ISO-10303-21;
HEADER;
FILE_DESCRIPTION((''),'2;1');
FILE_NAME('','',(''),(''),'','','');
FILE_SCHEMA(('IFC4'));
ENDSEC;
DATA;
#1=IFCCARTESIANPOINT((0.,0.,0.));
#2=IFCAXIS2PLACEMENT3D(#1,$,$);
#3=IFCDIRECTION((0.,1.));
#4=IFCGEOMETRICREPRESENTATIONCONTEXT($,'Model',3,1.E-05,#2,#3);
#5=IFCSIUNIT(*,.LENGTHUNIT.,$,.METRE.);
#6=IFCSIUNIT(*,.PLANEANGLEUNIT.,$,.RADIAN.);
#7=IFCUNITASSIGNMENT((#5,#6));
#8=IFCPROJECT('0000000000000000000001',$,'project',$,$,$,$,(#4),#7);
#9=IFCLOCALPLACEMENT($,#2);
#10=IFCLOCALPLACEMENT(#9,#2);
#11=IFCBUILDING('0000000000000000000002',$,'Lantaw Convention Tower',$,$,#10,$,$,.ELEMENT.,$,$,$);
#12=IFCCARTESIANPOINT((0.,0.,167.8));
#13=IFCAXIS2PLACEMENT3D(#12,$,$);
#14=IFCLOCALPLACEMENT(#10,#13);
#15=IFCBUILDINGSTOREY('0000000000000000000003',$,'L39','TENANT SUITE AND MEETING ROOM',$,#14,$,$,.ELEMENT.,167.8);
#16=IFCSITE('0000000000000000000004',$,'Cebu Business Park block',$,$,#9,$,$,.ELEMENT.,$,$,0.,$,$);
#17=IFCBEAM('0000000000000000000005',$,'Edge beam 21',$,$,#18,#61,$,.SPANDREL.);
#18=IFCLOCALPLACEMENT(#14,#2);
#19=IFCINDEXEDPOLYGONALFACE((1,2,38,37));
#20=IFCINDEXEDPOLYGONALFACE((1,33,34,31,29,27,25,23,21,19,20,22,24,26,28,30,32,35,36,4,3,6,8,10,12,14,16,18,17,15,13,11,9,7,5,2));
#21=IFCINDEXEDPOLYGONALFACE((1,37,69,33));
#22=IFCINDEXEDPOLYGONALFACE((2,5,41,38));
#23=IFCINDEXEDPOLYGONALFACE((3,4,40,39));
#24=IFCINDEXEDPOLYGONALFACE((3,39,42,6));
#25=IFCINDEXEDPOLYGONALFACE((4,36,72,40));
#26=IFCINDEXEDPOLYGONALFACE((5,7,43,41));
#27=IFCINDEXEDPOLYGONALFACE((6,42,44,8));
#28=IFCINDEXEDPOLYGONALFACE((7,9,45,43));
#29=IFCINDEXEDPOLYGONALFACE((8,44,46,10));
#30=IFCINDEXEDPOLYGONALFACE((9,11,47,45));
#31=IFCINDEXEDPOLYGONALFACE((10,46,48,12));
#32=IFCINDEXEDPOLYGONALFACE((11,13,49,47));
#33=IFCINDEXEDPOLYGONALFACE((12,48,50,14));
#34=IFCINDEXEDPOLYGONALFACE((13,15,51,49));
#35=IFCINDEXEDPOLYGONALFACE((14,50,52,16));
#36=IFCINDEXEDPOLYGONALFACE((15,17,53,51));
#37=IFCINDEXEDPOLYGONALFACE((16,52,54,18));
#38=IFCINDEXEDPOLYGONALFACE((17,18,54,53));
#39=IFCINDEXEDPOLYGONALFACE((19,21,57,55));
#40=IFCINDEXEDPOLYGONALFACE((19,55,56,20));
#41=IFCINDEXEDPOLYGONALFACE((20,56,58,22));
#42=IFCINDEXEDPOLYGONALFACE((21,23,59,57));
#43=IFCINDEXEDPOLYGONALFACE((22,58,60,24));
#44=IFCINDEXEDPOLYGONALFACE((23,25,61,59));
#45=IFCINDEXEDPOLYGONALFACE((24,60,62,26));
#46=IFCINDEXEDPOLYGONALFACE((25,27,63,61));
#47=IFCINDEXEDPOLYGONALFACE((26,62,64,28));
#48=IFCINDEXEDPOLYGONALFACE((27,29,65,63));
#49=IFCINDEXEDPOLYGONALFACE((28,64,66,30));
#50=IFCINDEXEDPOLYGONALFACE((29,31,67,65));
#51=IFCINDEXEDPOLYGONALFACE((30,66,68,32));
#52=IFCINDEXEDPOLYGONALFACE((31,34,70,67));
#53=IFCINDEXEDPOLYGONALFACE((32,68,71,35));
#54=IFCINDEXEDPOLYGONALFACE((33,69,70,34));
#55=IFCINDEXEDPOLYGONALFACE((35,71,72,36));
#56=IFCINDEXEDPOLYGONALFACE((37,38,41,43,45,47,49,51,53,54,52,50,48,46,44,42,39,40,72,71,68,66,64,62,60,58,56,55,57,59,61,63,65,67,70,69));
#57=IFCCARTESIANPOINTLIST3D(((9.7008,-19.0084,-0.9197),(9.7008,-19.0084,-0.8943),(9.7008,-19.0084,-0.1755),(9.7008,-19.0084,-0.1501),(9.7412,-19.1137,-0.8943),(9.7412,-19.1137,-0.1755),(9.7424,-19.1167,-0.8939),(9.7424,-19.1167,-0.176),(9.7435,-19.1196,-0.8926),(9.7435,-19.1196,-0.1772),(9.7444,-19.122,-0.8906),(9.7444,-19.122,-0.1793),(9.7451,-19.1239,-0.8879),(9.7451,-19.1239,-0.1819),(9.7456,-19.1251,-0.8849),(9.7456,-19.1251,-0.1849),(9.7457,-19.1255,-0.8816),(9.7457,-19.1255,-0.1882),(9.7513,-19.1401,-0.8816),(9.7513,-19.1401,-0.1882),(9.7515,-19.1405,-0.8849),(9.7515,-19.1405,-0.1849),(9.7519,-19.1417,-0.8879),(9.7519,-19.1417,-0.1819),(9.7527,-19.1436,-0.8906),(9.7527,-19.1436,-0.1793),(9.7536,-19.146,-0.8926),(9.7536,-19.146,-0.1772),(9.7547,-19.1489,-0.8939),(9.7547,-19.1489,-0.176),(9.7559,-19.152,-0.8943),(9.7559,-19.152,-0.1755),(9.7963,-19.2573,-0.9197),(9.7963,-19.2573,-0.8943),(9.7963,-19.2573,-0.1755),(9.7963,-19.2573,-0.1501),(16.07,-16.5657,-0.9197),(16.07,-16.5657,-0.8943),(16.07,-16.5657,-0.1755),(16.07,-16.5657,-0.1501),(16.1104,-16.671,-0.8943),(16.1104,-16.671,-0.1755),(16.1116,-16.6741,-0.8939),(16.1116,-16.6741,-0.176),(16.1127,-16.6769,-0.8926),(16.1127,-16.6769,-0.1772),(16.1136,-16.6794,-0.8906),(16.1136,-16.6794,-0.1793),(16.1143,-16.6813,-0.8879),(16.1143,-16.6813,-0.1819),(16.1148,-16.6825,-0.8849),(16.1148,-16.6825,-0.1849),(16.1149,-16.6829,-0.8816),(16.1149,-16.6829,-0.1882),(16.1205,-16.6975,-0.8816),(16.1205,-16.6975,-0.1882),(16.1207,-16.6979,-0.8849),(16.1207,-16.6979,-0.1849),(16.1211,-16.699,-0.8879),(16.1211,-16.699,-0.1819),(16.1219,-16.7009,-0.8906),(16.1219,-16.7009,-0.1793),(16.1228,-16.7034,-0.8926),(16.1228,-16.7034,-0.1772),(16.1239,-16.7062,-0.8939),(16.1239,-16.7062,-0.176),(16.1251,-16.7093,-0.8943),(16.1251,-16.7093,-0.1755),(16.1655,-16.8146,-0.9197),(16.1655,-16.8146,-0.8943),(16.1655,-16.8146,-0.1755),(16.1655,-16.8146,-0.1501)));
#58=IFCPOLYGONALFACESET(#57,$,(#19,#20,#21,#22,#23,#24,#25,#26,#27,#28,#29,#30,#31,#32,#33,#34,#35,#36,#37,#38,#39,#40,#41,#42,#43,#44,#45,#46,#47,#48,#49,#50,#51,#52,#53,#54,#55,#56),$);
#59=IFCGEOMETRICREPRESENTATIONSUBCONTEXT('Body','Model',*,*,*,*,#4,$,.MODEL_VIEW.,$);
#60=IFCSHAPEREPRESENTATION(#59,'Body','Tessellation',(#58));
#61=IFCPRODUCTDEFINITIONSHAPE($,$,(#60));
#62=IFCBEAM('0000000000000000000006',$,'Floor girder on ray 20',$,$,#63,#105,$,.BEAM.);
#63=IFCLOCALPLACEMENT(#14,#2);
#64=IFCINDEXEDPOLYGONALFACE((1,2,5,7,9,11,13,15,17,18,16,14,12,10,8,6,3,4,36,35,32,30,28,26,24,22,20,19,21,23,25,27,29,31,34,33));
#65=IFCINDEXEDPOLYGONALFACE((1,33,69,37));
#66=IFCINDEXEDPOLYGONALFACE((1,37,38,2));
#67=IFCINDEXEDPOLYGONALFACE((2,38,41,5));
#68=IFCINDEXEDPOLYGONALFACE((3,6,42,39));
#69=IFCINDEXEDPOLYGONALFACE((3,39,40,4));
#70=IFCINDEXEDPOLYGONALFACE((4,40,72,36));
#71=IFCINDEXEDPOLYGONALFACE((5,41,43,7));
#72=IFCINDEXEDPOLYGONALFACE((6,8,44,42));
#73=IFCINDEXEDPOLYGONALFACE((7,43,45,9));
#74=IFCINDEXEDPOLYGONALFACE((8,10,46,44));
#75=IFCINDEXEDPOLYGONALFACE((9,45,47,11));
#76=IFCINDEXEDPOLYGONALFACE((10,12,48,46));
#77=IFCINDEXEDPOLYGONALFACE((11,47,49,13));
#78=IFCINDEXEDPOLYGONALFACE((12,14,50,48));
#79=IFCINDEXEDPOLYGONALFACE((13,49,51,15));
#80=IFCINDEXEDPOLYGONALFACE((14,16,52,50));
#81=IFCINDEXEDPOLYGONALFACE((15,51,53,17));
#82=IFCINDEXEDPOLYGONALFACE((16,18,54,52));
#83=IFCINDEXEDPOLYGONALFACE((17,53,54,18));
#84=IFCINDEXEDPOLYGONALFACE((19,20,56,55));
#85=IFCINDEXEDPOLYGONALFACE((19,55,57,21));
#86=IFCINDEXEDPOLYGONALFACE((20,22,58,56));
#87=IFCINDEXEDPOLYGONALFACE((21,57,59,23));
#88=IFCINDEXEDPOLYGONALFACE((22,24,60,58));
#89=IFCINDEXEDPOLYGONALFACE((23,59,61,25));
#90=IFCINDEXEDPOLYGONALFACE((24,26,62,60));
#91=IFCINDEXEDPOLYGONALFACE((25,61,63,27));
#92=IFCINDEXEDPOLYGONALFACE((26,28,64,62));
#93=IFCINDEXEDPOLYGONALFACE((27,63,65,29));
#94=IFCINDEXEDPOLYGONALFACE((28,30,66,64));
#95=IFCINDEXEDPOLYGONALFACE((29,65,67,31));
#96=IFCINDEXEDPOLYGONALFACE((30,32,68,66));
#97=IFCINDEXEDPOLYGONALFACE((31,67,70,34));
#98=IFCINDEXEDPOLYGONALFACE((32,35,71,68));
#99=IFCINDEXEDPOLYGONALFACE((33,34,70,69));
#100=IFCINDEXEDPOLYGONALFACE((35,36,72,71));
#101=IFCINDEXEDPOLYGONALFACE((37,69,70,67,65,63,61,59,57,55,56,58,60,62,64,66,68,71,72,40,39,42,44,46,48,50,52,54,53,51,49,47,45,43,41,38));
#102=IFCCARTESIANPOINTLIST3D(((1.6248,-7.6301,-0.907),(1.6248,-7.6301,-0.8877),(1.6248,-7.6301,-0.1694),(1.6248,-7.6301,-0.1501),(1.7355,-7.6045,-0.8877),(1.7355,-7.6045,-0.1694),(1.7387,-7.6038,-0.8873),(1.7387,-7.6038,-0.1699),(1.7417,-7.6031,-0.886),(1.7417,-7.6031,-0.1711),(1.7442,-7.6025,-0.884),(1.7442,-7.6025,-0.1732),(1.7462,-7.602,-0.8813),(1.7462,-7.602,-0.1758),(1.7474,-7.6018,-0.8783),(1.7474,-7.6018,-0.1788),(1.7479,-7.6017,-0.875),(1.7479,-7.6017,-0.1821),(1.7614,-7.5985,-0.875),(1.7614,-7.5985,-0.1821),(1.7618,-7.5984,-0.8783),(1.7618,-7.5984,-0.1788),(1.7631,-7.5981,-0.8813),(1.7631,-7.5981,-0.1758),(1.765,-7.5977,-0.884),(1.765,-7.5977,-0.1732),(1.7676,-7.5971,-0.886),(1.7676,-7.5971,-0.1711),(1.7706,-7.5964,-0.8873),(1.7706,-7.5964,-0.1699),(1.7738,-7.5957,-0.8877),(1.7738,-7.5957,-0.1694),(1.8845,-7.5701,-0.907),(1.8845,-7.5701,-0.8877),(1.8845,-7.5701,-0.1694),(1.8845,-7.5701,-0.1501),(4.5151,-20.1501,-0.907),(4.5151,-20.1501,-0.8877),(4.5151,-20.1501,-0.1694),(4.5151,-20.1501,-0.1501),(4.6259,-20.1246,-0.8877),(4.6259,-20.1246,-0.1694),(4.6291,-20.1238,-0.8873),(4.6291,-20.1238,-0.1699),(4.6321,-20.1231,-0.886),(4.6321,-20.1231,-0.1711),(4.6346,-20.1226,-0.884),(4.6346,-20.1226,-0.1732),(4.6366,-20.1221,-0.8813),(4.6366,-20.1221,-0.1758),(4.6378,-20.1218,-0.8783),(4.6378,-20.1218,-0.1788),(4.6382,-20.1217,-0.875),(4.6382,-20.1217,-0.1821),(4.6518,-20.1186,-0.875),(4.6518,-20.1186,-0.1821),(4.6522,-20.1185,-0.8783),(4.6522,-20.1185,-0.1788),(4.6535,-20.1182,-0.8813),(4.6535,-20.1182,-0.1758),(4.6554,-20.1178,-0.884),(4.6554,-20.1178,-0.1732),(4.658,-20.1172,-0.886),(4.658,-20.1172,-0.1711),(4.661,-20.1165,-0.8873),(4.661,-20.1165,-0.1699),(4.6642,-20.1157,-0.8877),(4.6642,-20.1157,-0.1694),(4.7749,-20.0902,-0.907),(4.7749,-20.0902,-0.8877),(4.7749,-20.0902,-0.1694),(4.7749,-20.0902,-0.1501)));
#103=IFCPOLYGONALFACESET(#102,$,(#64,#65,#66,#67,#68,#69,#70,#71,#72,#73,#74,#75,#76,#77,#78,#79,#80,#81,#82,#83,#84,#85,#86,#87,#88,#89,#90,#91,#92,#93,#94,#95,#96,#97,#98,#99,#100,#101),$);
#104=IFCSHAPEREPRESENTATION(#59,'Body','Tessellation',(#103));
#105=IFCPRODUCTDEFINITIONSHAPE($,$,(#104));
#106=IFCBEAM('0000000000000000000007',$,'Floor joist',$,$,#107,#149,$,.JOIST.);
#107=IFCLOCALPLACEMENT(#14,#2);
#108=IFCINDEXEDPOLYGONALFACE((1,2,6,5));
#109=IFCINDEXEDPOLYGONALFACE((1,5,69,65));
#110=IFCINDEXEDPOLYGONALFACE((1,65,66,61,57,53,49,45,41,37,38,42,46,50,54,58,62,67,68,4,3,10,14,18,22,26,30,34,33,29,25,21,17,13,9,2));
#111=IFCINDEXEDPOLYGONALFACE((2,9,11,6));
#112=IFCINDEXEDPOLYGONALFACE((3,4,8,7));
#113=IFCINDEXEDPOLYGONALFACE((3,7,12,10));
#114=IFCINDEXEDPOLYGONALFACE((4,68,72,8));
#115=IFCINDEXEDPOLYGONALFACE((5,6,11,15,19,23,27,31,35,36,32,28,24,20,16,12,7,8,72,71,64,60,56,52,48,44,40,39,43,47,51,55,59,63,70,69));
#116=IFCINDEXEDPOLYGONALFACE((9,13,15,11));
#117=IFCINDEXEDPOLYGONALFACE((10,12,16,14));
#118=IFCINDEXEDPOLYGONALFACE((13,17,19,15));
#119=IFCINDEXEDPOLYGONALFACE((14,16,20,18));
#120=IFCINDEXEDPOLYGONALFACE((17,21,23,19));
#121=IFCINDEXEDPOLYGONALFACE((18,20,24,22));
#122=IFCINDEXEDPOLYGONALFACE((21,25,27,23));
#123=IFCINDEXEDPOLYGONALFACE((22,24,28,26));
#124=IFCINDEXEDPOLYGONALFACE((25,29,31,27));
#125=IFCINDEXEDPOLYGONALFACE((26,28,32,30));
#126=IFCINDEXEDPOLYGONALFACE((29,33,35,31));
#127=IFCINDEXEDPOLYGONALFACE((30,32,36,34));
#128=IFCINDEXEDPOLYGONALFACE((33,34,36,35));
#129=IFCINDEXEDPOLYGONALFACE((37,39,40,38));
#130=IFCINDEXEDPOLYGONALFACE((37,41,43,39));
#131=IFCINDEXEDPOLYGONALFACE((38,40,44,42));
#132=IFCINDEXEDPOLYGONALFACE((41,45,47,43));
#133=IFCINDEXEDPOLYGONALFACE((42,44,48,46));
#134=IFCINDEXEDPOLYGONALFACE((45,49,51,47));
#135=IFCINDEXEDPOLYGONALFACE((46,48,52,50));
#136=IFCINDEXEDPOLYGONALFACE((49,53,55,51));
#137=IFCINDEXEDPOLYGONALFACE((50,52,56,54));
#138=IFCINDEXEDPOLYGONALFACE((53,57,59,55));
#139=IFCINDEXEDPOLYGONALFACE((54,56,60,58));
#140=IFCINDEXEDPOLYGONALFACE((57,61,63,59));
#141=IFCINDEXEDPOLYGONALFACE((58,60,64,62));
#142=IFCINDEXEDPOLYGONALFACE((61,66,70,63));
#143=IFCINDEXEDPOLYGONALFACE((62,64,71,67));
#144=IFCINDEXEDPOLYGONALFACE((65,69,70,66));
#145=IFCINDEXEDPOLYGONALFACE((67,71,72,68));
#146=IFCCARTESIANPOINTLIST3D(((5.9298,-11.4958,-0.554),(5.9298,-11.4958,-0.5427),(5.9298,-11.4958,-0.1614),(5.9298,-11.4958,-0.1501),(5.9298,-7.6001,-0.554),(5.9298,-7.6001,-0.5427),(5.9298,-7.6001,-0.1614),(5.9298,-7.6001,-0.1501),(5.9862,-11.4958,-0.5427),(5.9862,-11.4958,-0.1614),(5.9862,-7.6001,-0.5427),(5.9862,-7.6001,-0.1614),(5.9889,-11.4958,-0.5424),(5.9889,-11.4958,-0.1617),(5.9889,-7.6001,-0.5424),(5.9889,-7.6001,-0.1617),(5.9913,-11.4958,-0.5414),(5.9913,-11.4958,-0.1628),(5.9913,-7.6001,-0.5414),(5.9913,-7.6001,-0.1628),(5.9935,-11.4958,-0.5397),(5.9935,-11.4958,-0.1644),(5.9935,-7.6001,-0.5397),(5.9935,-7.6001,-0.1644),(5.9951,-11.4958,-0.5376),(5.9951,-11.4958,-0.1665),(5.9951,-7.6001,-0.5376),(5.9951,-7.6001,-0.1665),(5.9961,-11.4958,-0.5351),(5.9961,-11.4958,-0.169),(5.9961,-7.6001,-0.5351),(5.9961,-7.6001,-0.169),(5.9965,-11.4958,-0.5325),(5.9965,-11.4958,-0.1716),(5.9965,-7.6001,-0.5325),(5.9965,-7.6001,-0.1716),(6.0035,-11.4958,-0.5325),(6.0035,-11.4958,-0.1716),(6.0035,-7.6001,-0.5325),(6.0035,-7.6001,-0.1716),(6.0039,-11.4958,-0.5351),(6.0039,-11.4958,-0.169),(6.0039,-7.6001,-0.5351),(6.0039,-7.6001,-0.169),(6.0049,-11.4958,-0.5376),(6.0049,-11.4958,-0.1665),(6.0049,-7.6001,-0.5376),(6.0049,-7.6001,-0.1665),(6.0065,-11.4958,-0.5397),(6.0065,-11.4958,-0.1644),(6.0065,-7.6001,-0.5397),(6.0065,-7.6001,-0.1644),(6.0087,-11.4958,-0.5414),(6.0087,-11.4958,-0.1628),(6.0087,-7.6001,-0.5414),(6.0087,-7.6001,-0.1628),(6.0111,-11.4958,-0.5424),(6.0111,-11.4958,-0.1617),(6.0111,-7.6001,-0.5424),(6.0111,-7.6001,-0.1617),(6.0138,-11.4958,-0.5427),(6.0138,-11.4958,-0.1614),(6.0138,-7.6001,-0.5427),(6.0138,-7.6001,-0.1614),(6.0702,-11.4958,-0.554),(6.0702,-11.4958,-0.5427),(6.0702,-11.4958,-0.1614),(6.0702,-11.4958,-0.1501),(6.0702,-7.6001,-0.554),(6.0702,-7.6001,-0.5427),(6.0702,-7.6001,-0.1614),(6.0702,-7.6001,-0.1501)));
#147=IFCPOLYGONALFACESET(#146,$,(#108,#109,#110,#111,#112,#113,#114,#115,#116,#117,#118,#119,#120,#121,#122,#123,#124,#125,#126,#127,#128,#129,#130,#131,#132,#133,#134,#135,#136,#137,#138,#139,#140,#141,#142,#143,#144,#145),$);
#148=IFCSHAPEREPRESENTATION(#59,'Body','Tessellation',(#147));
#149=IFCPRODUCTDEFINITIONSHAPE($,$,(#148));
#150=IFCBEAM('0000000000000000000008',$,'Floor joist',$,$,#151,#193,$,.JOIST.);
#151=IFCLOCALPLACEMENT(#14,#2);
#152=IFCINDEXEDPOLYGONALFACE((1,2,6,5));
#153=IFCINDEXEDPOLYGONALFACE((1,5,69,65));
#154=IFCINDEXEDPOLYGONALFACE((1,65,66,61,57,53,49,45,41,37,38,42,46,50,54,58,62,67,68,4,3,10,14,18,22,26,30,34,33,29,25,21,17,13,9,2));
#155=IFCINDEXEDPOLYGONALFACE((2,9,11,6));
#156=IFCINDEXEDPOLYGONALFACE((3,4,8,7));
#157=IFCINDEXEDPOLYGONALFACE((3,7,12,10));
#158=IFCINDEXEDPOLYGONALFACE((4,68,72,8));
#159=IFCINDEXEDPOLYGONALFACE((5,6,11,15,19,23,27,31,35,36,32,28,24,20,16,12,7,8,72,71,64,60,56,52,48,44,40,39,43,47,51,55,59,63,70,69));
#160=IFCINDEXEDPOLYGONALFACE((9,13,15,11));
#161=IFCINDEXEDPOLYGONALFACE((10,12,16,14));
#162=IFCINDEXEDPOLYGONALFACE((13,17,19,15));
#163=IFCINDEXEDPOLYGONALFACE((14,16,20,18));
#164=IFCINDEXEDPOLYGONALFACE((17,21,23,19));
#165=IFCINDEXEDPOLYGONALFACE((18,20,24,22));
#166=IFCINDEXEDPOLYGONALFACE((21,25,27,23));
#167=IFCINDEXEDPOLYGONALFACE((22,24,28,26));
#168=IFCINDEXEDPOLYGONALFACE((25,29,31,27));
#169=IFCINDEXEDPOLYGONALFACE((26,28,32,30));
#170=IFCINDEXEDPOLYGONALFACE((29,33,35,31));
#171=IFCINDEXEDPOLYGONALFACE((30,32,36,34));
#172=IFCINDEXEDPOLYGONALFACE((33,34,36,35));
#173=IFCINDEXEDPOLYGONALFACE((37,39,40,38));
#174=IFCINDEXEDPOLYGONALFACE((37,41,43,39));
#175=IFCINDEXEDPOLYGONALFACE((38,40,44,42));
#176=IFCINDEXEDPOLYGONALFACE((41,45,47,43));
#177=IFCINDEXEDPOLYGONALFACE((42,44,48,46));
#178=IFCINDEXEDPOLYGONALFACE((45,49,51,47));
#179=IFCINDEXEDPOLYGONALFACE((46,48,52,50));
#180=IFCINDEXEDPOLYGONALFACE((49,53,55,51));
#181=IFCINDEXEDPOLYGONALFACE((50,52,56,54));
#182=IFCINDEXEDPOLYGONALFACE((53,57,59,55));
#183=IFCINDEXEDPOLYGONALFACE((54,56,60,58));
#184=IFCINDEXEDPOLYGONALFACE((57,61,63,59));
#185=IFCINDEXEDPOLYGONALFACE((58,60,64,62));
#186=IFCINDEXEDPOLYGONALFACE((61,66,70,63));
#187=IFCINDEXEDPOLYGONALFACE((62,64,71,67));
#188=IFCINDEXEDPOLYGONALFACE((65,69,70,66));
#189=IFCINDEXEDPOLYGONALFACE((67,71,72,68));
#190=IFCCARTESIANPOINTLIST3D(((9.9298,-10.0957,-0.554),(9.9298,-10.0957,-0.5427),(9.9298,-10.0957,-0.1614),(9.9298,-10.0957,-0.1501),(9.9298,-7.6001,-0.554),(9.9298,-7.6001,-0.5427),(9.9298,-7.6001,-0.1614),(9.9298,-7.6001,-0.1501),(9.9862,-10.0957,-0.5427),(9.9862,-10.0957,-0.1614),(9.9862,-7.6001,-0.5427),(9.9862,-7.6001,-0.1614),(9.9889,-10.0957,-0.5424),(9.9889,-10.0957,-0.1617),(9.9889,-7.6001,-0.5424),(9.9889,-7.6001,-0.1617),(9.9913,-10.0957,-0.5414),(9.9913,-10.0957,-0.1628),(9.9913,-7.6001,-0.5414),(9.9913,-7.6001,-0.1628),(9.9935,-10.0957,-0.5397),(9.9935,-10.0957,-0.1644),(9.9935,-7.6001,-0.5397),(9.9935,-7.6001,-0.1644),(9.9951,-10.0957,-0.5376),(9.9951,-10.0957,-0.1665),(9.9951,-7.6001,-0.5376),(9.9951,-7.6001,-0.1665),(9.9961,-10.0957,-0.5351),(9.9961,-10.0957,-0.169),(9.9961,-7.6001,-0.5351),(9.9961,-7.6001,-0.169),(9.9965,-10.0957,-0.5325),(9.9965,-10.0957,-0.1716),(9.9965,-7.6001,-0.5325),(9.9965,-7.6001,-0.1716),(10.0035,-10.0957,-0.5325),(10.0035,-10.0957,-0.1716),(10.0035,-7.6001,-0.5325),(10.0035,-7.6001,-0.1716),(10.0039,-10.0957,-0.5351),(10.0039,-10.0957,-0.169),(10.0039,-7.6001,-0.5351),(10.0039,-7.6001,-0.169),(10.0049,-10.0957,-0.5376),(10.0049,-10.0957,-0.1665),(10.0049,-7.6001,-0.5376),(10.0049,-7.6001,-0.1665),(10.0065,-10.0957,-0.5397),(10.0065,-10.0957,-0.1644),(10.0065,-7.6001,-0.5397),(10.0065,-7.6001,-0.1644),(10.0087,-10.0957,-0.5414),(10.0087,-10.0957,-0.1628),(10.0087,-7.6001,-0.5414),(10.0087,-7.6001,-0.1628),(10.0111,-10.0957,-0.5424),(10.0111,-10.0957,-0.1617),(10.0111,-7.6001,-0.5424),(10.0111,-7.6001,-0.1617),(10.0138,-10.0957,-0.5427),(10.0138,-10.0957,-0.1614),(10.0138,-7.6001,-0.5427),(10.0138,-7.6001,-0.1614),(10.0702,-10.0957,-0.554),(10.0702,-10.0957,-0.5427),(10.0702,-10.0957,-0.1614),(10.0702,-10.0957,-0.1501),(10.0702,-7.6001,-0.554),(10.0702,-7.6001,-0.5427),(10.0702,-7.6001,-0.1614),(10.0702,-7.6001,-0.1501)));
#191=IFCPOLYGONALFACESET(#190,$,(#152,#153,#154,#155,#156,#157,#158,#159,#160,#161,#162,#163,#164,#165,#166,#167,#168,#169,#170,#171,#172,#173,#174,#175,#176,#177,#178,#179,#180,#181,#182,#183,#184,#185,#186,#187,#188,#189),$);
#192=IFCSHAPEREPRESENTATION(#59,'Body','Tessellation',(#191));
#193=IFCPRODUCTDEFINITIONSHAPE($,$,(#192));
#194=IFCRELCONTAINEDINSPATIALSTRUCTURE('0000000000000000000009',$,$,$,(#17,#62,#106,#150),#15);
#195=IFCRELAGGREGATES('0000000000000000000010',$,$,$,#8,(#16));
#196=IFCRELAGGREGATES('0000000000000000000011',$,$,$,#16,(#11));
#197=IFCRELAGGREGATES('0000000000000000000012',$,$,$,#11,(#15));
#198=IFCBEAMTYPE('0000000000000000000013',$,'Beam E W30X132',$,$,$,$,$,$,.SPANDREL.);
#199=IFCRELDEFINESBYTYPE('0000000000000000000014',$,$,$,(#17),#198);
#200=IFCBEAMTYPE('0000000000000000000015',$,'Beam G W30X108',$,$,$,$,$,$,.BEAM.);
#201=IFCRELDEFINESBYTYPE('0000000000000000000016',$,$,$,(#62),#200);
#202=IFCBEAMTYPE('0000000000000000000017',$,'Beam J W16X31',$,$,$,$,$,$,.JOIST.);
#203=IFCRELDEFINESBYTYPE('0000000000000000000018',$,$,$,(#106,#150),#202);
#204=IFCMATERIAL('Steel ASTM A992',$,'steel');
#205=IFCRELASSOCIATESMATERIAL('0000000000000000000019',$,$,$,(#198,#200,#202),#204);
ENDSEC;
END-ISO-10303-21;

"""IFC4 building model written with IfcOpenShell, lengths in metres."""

from ifc_helpers import new_model, si_unit, direction, frame, origin, origin_2d, place, context, subcontext, project, spatial, i_section, extrude, material, material_profile, profile_set, type_object, element, save


model = new_model("IFC4")

# Units and contexts
model_context = context("Model", 3, precision=1e-05, world=origin(), true_north=direction((0.0, 1.0)))
body_context = subcontext(model_context, "Body", "Model", "MODEL_VIEW")
ifc_project = project(units=[si_unit("LENGTHUNIT", "METRE"), si_unit("PLANEANGLEUNIT", "RADIAN")], contexts=[model_context])

# Site, building, storey
site_placement = place(None, origin())
site = spatial("IfcSite", under=ifc_project, at=site_placement, Name="Cebu Business Park block", CompositionType="ELEMENT", RefElevation=0.0)
building_placement = place(site_placement, origin())
building = spatial("IfcBuilding", under=site, at=building_placement, Name="Lantaw Convention Tower", CompositionType="ELEMENT")
storey_placement = place(building_placement, frame((0.0, 0.0, 167.8)))
storey = spatial("IfcBuildingStorey", under=building, at=storey_placement, Name="L39", Description="TENANT SUITE AND MEETING ROOM", CompositionType="ELEMENT", Elevation=167.8)

# Beams
ifc_material_1 = material(Name="Steel ASTM A992", Category="steel")
ifc_material_profile_1 = material_profile(ifc_material_1, i_section(OverallWidth=0.2666, OverallDepth=0.7695, WebThickness=0.0156, FlangeThickness=0.0254, FilletRadius=0.0127, at=origin_2d()), Name="W30X132")
ifc_profile_set_1 = profile_set([ifc_material_profile_1], Name="Steel ASTM A992")
beam_type_1 = type_object("IfcBeamType", Name="Beam E W30X132", PredefinedType="SPANDREL", material=ifc_profile_set_1)
beam_1_placement = place(storey_placement, frame((9.7485, -19.1328, -0.5349), z_axis=(0.933691, 0.35808, 0.0), x_axis=(-0.35808, 0.933691, 0.0)))
element("IfcBeam", 1, at=beam_1_placement, inside=storey, type_object=beam_type_1, Name="Edge beam 21", PredefinedType="SPANDREL", context=body_context, shape_type="SweptSolid", body=[
    extrude(i_section(OverallWidth=0.2666, OverallDepth=0.7695, WebThickness=0.0156, FlangeThickness=0.0254, FilletRadius=0.0127, at=origin_2d()), origin(), (0.0, 0.0, 1.0), 6.8215),
])
ifc_material_profile_2 = material_profile(ifc_material_1, i_section(OverallWidth=0.2666, OverallDepth=0.7568, WebThickness=0.0139, FlangeThickness=0.0193, FilletRadius=0.0127, at=origin_2d()), Name="W30X108")
ifc_profile_set_2 = profile_set([ifc_material_profile_2], Name="Steel ASTM A992")
beam_type_2 = type_object("IfcBeamType", Name="Beam G W30X108", PredefinedType="BEAM", material=ifc_profile_set_2)
beam_2_placement = place(storey_placement, frame((1.7546, -7.6001, -0.5286), z_axis=(0.224944, -0.974372, 0.0), x_axis=(0.974372, 0.224944, 0.0)))
element("IfcBeam", 2, at=beam_2_placement, inside=storey, type_object=beam_type_2, Name="Floor girder on ray 20", PredefinedType="BEAM", context=body_context, shape_type="SweptSolid", body=[
    extrude(i_section(OverallWidth=0.2666, OverallDepth=0.7568, WebThickness=0.0139, FlangeThickness=0.0193, FilletRadius=0.0127, at=origin_2d()), origin(), (0.0, 0.0, 1.0), 12.8494),
])
ifc_material_profile_3 = material_profile(ifc_material_1, i_section(OverallWidth=0.1404, OverallDepth=0.4038, WebThickness=0.0071, FlangeThickness=0.0112, FilletRadius=0.0103, at=origin_2d()), Name="W16X31")
ifc_profile_set_3 = profile_set([ifc_material_profile_3], Name="Steel ASTM A992")
beam_type_3 = type_object("IfcBeamType", Name="Beam J W16X31", PredefinedType="JOIST", material=ifc_profile_set_3)
beam_3_placement = place(storey_placement, frame((6.0, -11.4958, -0.3521), z_axis=(0.0, 1.0, 0.0), x_axis=(-1.0, 0.0, 0.0)))
element("IfcBeam", 3, at=beam_3_placement, inside=storey, type_object=beam_type_3, Name="Floor joist", PredefinedType="JOIST", context=body_context, shape_type="SweptSolid", body=[
    extrude(i_section(OverallWidth=0.1404, OverallDepth=0.4038, WebThickness=0.0071, FlangeThickness=0.0112, FilletRadius=0.0103, at=origin_2d()), origin(), (0.0, 0.0, 1.0), 3.8958),
])
beam_4_placement = place(storey_placement, frame((10.0, -10.0957, -0.3521), z_axis=(0.0, 1.0, 0.0), x_axis=(-1.0, 0.0, 0.0)))
element("IfcBeam", 4, at=beam_4_placement, inside=storey, type_object=beam_type_3, Name="Floor joist", PredefinedType="JOIST", context=body_context, shape_type="SweptSolid", body=[
    extrude(i_section(OverallWidth=0.1404, OverallDepth=0.4038, WebThickness=0.0071, FlangeThickness=0.0112, FilletRadius=0.0103, at=origin_2d()), origin(), (0.0, 0.0, 1.0), 2.4956),
])

save(model, "model.ifc")
